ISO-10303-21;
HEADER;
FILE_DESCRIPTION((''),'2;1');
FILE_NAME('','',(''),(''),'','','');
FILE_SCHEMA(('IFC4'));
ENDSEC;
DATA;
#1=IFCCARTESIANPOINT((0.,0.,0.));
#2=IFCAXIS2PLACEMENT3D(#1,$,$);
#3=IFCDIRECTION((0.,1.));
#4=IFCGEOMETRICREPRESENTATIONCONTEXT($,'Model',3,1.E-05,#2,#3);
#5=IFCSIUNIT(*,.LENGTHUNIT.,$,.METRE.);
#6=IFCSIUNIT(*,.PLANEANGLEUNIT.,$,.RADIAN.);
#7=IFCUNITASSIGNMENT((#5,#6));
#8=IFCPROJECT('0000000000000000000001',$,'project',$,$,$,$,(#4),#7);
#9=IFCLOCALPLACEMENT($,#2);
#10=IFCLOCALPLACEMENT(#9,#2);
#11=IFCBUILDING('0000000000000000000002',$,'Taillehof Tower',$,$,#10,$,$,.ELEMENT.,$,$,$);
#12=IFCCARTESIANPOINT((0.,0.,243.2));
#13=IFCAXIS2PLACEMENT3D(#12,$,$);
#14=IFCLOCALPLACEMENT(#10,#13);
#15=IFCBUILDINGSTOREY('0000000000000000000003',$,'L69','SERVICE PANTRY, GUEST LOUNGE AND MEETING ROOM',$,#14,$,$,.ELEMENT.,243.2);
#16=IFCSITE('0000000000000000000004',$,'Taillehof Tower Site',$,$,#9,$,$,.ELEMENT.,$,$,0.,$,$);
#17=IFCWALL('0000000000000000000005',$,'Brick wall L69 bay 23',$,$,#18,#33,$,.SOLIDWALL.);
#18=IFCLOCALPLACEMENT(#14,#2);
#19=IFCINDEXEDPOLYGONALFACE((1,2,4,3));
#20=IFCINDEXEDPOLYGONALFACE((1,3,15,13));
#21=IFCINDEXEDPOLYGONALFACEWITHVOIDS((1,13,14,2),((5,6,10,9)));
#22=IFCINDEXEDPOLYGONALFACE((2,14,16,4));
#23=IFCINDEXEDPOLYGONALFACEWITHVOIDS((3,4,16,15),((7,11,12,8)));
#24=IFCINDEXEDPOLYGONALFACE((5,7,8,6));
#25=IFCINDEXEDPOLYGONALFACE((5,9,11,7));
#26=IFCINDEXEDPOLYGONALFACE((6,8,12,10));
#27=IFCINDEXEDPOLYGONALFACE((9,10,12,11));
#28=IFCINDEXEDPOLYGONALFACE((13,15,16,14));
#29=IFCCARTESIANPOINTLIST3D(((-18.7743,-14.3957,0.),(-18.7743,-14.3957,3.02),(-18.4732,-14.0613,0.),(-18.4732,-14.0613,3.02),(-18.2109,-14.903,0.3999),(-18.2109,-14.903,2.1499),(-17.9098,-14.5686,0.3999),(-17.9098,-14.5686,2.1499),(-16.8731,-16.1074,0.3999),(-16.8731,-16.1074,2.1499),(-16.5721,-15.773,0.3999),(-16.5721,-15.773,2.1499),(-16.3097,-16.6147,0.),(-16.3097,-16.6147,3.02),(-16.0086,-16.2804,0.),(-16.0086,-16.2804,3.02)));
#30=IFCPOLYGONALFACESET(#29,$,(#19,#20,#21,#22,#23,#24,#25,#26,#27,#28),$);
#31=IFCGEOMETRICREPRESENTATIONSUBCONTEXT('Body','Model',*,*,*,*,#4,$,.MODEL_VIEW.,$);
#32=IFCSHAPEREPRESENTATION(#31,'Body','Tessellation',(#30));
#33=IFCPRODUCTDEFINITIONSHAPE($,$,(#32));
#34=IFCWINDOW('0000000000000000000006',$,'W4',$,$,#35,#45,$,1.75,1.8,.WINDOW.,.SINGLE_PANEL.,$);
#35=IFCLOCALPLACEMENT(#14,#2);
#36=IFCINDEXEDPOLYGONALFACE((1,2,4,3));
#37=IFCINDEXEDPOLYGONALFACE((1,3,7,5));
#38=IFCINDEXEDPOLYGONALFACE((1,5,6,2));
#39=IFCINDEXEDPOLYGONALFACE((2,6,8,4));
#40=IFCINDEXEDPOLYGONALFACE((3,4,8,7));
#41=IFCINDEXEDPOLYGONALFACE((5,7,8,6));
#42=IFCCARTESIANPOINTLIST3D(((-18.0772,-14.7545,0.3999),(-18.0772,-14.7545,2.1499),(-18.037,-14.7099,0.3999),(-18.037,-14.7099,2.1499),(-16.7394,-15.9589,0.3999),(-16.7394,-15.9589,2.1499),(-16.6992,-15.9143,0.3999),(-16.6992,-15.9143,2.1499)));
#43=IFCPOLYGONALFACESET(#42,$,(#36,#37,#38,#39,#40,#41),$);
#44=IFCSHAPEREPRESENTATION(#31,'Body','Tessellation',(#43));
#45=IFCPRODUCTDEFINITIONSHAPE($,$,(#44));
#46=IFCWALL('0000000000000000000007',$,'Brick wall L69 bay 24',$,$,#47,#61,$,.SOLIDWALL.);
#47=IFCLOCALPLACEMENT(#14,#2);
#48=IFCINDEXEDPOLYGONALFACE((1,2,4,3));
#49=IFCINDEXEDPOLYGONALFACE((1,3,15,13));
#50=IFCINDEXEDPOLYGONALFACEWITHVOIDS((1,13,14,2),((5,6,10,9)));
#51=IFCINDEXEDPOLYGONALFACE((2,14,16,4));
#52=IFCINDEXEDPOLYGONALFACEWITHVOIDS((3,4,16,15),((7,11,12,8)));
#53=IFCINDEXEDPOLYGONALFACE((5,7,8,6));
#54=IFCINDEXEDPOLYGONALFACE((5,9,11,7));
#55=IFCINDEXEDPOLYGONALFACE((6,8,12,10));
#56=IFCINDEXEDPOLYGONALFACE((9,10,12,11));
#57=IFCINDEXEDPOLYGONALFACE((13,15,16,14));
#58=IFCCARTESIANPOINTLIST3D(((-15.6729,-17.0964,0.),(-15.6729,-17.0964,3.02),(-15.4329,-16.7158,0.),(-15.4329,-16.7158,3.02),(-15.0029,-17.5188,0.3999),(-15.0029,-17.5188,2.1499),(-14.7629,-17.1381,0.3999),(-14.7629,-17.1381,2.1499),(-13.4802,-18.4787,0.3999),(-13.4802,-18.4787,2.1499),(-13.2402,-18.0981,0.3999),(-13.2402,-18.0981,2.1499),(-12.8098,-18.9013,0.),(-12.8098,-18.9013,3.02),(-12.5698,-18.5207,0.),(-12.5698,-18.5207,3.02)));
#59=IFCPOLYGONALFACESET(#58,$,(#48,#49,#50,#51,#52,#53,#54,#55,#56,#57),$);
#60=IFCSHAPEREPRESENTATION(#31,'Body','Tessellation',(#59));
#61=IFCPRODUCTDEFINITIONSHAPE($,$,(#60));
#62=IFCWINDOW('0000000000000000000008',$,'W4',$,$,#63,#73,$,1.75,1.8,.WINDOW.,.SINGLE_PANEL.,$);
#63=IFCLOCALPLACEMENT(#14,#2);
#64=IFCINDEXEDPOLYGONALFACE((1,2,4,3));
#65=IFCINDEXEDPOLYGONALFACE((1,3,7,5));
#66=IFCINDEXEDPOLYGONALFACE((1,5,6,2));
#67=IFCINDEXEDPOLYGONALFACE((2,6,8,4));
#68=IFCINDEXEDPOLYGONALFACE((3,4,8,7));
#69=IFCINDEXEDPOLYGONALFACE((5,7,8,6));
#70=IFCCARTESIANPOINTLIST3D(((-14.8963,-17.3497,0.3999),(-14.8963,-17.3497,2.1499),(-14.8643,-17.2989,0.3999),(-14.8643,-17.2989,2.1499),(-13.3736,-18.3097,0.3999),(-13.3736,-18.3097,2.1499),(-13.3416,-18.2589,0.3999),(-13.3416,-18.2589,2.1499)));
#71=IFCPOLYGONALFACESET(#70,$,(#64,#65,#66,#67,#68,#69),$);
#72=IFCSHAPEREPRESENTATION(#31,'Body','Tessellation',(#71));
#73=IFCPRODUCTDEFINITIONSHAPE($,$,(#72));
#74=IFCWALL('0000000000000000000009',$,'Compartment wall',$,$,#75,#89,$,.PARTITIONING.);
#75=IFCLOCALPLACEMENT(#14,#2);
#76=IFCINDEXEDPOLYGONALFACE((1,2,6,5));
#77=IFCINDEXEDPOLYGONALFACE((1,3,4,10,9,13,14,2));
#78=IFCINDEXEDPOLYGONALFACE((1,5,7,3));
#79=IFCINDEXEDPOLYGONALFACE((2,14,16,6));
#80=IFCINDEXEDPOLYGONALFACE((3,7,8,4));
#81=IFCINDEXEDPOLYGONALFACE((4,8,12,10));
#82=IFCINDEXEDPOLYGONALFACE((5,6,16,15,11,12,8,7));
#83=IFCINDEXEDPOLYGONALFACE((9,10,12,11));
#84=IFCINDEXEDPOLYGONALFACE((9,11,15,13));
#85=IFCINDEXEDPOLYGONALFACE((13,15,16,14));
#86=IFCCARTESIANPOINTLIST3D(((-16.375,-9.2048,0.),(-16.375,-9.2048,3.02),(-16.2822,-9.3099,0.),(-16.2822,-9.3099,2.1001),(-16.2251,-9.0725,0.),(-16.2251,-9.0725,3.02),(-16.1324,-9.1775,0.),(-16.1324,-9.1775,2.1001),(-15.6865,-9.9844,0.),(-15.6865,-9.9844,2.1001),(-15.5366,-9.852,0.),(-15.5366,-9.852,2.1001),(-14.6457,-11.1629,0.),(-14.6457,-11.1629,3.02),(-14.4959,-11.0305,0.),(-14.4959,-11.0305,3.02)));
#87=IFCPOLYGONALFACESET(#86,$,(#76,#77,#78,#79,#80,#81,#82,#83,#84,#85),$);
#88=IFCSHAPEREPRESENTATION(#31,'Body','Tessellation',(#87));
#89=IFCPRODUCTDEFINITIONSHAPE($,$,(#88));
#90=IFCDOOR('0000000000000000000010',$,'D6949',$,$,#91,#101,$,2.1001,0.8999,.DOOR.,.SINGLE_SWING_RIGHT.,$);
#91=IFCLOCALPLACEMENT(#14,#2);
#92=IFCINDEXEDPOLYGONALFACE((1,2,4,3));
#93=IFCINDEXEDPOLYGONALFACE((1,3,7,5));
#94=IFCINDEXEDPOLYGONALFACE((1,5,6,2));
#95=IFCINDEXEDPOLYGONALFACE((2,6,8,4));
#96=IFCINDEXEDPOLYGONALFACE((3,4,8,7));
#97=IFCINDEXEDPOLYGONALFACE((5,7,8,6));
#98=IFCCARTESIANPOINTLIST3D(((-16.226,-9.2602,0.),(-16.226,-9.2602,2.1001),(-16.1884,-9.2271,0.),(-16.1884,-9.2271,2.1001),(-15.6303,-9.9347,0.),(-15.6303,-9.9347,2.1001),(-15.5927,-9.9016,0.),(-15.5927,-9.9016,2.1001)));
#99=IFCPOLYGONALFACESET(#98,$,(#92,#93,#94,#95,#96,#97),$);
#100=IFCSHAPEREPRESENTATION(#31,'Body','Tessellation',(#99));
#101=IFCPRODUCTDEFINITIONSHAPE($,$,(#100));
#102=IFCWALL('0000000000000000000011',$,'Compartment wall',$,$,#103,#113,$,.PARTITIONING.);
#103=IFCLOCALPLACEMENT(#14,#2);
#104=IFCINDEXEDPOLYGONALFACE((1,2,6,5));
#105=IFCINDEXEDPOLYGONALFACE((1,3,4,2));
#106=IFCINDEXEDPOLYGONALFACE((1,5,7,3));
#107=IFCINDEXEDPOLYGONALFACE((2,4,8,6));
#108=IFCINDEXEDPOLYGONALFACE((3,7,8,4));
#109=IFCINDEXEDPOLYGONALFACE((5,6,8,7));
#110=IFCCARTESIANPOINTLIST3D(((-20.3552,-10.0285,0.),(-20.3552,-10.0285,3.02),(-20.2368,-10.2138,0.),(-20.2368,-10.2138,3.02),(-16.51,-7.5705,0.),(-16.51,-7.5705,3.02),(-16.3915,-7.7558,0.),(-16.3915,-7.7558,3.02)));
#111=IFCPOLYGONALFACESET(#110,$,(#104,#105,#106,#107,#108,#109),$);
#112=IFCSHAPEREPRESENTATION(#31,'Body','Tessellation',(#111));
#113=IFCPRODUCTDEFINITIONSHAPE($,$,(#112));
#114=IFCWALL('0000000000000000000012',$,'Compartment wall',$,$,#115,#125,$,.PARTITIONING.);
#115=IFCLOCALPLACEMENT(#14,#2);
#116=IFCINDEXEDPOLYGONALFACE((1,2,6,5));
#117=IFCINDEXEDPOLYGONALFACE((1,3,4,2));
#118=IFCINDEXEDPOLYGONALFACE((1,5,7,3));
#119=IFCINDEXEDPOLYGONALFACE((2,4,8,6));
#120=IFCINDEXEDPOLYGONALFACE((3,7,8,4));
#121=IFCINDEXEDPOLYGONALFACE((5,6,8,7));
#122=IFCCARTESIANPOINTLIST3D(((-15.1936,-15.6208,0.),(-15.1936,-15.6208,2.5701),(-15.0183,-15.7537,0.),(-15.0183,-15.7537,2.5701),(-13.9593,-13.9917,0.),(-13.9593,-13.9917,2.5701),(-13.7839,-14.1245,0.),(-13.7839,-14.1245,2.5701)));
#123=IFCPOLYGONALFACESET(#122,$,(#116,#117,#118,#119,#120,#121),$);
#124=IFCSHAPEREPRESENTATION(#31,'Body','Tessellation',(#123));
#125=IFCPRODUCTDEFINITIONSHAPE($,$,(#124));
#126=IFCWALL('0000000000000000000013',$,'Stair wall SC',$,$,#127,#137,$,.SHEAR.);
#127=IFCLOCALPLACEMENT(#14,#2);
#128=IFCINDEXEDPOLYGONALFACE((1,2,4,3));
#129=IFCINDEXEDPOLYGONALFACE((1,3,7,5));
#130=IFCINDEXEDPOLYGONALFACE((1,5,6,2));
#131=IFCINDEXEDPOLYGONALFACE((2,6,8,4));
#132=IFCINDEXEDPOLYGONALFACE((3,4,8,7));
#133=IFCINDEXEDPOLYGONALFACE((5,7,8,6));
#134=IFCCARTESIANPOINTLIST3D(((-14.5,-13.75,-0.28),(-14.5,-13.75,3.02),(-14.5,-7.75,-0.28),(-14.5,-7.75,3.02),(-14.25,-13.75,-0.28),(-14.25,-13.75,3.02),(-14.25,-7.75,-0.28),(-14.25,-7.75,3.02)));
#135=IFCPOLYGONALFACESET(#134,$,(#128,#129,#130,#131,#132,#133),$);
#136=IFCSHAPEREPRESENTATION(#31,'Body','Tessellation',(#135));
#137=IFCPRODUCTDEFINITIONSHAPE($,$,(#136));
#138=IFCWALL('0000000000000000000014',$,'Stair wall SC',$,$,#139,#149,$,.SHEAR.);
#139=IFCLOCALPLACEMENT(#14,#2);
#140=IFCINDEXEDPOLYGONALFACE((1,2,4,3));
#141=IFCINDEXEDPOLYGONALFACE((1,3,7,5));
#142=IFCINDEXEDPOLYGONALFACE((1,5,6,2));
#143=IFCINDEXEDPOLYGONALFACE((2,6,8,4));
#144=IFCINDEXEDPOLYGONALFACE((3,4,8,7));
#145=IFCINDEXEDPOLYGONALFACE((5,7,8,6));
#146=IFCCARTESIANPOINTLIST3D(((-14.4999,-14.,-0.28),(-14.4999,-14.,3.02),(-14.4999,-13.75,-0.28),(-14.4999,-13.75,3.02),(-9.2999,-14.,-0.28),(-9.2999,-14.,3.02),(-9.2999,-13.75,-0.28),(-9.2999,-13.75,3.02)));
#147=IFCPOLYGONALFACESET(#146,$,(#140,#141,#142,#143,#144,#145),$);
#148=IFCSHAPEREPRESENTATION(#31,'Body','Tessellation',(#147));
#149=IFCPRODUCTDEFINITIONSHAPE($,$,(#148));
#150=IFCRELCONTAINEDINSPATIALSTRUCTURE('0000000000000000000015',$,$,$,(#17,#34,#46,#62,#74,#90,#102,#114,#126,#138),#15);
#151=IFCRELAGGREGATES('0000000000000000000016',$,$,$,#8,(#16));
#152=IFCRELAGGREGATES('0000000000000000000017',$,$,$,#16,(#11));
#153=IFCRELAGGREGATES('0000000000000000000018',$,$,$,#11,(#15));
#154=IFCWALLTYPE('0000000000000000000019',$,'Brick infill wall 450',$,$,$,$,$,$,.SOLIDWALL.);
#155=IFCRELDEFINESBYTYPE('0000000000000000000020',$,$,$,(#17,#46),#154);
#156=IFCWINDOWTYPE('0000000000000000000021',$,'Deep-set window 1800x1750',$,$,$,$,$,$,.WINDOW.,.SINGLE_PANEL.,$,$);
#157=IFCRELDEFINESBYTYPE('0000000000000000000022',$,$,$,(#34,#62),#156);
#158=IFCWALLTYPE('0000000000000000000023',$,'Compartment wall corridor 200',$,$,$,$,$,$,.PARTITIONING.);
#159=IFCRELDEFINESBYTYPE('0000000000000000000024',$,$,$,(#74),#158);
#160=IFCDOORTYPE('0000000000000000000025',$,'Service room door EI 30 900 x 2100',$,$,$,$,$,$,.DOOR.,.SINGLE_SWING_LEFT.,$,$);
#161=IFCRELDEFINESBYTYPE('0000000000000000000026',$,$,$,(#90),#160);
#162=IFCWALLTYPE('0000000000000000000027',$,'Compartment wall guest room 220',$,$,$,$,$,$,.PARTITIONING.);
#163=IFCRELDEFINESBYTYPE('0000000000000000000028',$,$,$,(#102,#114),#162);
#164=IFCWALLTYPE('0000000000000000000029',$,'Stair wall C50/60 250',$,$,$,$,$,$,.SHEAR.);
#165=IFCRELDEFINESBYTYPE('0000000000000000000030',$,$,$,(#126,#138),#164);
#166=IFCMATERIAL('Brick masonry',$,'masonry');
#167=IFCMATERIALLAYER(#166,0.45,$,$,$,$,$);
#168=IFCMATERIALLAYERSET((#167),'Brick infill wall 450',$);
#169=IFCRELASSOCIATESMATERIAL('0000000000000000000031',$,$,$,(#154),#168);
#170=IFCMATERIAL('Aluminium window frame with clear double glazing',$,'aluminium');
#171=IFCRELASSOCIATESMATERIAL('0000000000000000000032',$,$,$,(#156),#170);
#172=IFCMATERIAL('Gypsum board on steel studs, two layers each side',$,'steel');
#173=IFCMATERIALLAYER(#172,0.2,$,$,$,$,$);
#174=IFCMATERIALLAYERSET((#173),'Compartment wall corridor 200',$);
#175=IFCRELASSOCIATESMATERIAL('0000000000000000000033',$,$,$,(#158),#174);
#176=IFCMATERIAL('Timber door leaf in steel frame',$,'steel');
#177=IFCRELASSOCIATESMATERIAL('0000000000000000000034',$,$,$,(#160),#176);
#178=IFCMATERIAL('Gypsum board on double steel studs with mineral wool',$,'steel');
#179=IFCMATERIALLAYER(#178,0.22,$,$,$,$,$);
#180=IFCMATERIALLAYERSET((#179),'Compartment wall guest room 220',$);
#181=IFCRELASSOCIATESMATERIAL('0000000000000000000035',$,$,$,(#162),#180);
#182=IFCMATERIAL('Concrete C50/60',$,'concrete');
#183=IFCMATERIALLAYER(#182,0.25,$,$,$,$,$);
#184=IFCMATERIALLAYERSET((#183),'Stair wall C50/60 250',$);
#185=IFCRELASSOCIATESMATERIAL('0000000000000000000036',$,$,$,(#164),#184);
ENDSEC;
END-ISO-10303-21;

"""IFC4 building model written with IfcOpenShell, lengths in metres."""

from ifc_helpers import new_model, si_unit, direction, frame, frame_2d, origin, place, context, subcontext, project, spatial, rectangle, extrude, material, layer, layer_set, type_object, element, fill, save


model = new_model("IFC4")

# Units and contexts
model_context = context("Model", 3, precision=1e-05, world=origin(), true_north=direction((0.0, 1.0)))
body_context = subcontext(model_context, "Body", "Model", "MODEL_VIEW")
ifc_project = project(units=[si_unit("LENGTHUNIT", "METRE"), si_unit("PLANEANGLEUNIT", "RADIAN")], contexts=[model_context])

# Site, building, storey
site_placement = place(None, origin())
site = spatial("IfcSite", under=ifc_project, at=site_placement, Name="Taillehof Tower Site", CompositionType="ELEMENT", RefElevation=0.0)
building_placement = place(site_placement, origin())
building = spatial("IfcBuilding", under=site, at=building_placement, Name="Taillehof Tower", CompositionType="ELEMENT")
storey_placement = place(building_placement, frame((0.0, 0.0, 243.2)))
storey = spatial("IfcBuildingStorey", under=building, at=storey_placement, Name="L69", Description="SERVICE PANTRY, GUEST LOUNGE AND MEETING ROOM", CompositionType="ELEMENT", Elevation=243.2)

# Walls, openings, windows
ifc_material_1 = material(Name="Brick masonry", Category="masonry")
ifc_layer_1 = layer(ifc_material_1, 0.45)
ifc_layer_set_1 = layer_set([ifc_layer_1], Name="Brick infill wall 450")
wall_type_1 = type_object("IfcWallType", Name="Brick infill wall 450", PredefinedType="SOLIDWALL", material=ifc_layer_set_1)
ifc_material_2 = material(Name="Aluminium window frame with clear double glazing", Category="aluminium")
window_type = type_object("IfcWindowType", Name="Deep-set window 1800x1750", PartitioningType="SINGLE_PANEL", PredefinedType="WINDOW", material=ifc_material_2)
wall_1_placement = place(storey_placement, frame((-18.6238, -14.2285, 0.0), z_axis=(0.0, 0.0, 1.0), x_axis=(0.743166, -0.669107, 0.0)))
wall_1 = element("IfcWall", 1, at=wall_1_placement, inside=storey, type_object=wall_type_1, Name="Brick wall L69 bay 23", PredefinedType="SOLIDWALL", context=body_context, shape_type="SweptSolid", body=[
    extrude(rectangle(XDim=3.3164, YDim=0.45, at=frame_2d((1.6582, 0.0))), origin(), (0.0, 0.0, 1.0), 3.02),
])
opening_1_placement = place(wall_1_placement, frame((0.7583, 0.0, 0.3999)))
opening_1 = element("IfcOpeningElement", 2, at=opening_1_placement, cuts=wall_1, PredefinedType="OPENING", context=body_context, shape_type="SweptSolid", body=[
    extrude(rectangle(XDim=1.8, YDim=1.75, at=frame_2d((0.8999, 0.875))), frame((0.0, 0.2349, 0.0), z_axis=(0.0, -1.0, 0.0), x_axis=(1.0, 0.0, 0.0)), (0.0, 0.0, 1.0), 0.47),
])
window_1_placement = place(opening_1_placement, origin())
window_1 = element("IfcWindow", 3, at=window_1_placement, inside=storey, type_object=window_type, Name="W4", OverallHeight=1.75, OverallWidth=1.8, PartitioningType="SINGLE_PANEL", PredefinedType="WINDOW", context=body_context, shape_type="SweptSolid", body=[
    extrude(rectangle(XDim=1.8, YDim=1.75, at=frame_2d((0.8999, 0.875))), frame((0.0, 0.0349, 0.0), z_axis=(0.0, -1.0, 0.0), x_axis=(1.0, 0.0, 0.0)), (0.0, 0.0, 1.0), 0.0601),
])
fill(opening_1, window_1)
wall_2_placement = place(storey_placement, frame((-15.553, -16.906, 0.0), z_axis=(0.0, 0.0, 1.0), x_axis=(0.845929, -0.533295, 0.0)))
wall_2 = element("IfcWall", 4, at=wall_2_placement, inside=storey, type_object=wall_type_1, Name="Brick wall L69 bay 24", PredefinedType="SOLIDWALL", context=body_context, shape_type="SweptSolid", body=[
    extrude(rectangle(XDim=3.3845, YDim=0.45, at=frame_2d((1.6924, 0.0))), origin(), (0.0, 0.0, 1.0), 3.02),
])
opening_2_placement = place(wall_2_placement, frame((0.7922, 0.0, 0.3999)))
opening_2 = element("IfcOpeningElement", 5, at=opening_2_placement, cuts=wall_2, PredefinedType="OPENING", context=body_context, shape_type="SweptSolid", body=[
    extrude(rectangle(XDim=1.8, YDim=1.75, at=frame_2d((0.8999, 0.875))), frame((0.0, 0.2349, 0.0), z_axis=(0.0, -1.0, 0.0), x_axis=(1.0, 0.0, 0.0)), (0.0, 0.0, 1.0), 0.47),
])
window_2_placement = place(opening_2_placement, origin())
window_2 = element("IfcWindow", 6, at=window_2_placement, inside=storey, type_object=window_type, Name="W4", OverallHeight=1.75, OverallWidth=1.8, PartitioningType="SINGLE_PANEL", PredefinedType="WINDOW", context=body_context, shape_type="SweptSolid", body=[
    extrude(rectangle(XDim=1.8, YDim=1.75, at=frame_2d((0.8999, 0.875))), frame((0.0, 0.0349, 0.0), z_axis=(0.0, -1.0, 0.0), x_axis=(1.0, 0.0, 0.0)), (0.0, 0.0, 1.0), 0.0601),
])
fill(opening_2, window_2)

# Wall, opening, door
ifc_material_3 = material(Name="Gypsum board on steel studs, two layers each side", Category="steel")
ifc_layer_2 = layer(ifc_material_3, 0.2)
ifc_layer_set_2 = layer_set([ifc_layer_2], Name="Compartment wall corridor 200")
wall_type_2 = type_object("IfcWallType", Name="Compartment wall corridor 200", PredefinedType="PARTITIONING", material=ifc_layer_set_2)
wall_3_placement = place(storey_placement, frame((-14.5708, -11.0967, 0.0), z_axis=(0.0, 0.0, 1.0), x_axis=(-0.661965, 0.749535, 0.0)))
wall_3 = element("IfcWall", 7, at=wall_3_placement, inside=storey, type_object=wall_type_2, Name="Compartment wall", PredefinedType="PARTITIONING", context=body_context, shape_type="SweptSolid", body=[
    extrude(rectangle(XDim=2.6123, YDim=0.2, at=frame_2d((1.3062, 0.0))), origin(), (0.0, 0.0, 1.0), 3.02),
])
opening_3_placement = place(wall_3_placement, frame((1.5723, 0.0, 0.0)))
opening_3 = element("IfcOpeningElement", 8, at=opening_3_placement, cuts=wall_3, PredefinedType="OPENING", context=body_context, shape_type="SweptSolid", body=[
    extrude(rectangle(XDim=0.8999, YDim=2.1001, at=frame_2d((0.45, 1.05))), frame((0.0, 0.1099, 0.0), z_axis=(0.0, -1.0, 0.0), x_axis=(1.0, 0.0, 0.0)), (0.0, 0.0, 1.0), 0.22),
])
ifc_material_4 = material(Name="Timber door leaf in steel frame", Category="steel")
door_type = type_object("IfcDoorType", Name="Service room door EI 30 900 x 2100", OperationType="SINGLE_SWING_LEFT", PredefinedType="DOOR", material=ifc_material_4)
door_placement = place(opening_3_placement, origin())
door = element("IfcDoor", 9, at=door_placement, inside=storey, type_object=door_type, Name="D6949", OperationType="SINGLE_SWING_RIGHT", OverallHeight=2.1001, OverallWidth=0.8999, PredefinedType="DOOR", context=body_context, shape_type="SweptSolid", body=[
    extrude(rectangle(XDim=0.8999, YDim=2.1001, at=frame_2d((0.45, 1.05))), frame((0.0, 0.0249, 0.0), z_axis=(0.0, -1.0, 0.0), x_axis=(1.0, 0.0, 0.0)), (0.0, 0.0, 1.0), 0.05),
])
fill(opening_3, door)

# Walls
ifc_material_5 = material(Name="Gypsum board on double steel studs with mineral wool", Category="steel")
ifc_layer_3 = layer(ifc_material_5, 0.22)
ifc_layer_set_3 = layer_set([ifc_layer_3], Name="Compartment wall guest room 220")
wall_type_3 = type_object("IfcWallType", Name="Compartment wall guest room 220", PredefinedType="PARTITIONING", material=ifc_layer_set_3)
wall_4_placement = place(storey_placement, frame((-20.2959, -10.1211, 0.0), z_axis=(0.0, 0.0, 1.0), x_axis=(0.842563, 0.538598, 0.0)))
element("IfcWall", 10, at=wall_4_placement, inside=storey, type_object=wall_type_3, Name="Compartment wall", PredefinedType="PARTITIONING", context=body_context, shape_type="SweptSolid", body=[
    extrude(rectangle(XDim=4.5637, YDim=0.22, at=frame_2d((2.2817, 0.0))), origin(), (0.0, 0.0, 1.0), 3.02),
])
wall_5_placement = place(storey_placement, frame((-15.106, -15.6873, 0.0), z_axis=(0.0, 0.0, 1.0), x_axis=(0.603911, 0.797052, 0.0)))
element("IfcWall", 11, at=wall_5_placement, inside=storey, type_object=wall_type_3, Name="Compartment wall", PredefinedType="PARTITIONING", context=body_context, shape_type="SweptSolid", body=[
    extrude(rectangle(XDim=2.0439, YDim=0.22, at=frame_2d((1.022, 0.0))), origin(), (0.0, 0.0, 1.0), 2.5701),
])
ifc_material_6 = material(Name="Concrete C50/60", Category="concrete")
ifc_layer_4 = layer(ifc_material_6, 0.25)
ifc_layer_set_4 = layer_set([ifc_layer_4], Name="Stair wall C50/60 250")
wall_type_4 = type_object("IfcWallType", Name="Stair wall C50/60 250", PredefinedType="SHEAR", material=ifc_layer_set_4)
wall_6_placement = place(storey_placement, frame((-14.375, -13.75, -0.28), z_axis=(0.0, 0.0, 1.0), x_axis=(0.0, 1.0, 0.0)))
element("IfcWall", 12, at=wall_6_placement, inside=storey, type_object=wall_type_4, Name="Stair wall SC", PredefinedType="SHEAR", context=body_context, shape_type="SweptSolid", body=[
    extrude(rectangle(XDim=6.0, YDim=0.25, at=frame_2d((3.0, 0.0))), origin(), (0.0, 0.0, 1.0), 3.3),
])
wall_7_placement = place(storey_placement, frame((-14.5, -13.875, -0.28), z_axis=(0.0, 0.0, 1.0), x_axis=(1.0, 0.0, 0.0)))
element("IfcWall", 13, at=wall_7_placement, inside=storey, type_object=wall_type_4, Name="Stair wall SC", PredefinedType="SHEAR", context=body_context, shape_type="SweptSolid", body=[
    extrude(rectangle(XDim=5.2, YDim=0.25, at=frame_2d((2.6001, 0.0))), origin(), (0.0, 0.0, 1.0), 3.3),
])

save(model, "model.ifc")
